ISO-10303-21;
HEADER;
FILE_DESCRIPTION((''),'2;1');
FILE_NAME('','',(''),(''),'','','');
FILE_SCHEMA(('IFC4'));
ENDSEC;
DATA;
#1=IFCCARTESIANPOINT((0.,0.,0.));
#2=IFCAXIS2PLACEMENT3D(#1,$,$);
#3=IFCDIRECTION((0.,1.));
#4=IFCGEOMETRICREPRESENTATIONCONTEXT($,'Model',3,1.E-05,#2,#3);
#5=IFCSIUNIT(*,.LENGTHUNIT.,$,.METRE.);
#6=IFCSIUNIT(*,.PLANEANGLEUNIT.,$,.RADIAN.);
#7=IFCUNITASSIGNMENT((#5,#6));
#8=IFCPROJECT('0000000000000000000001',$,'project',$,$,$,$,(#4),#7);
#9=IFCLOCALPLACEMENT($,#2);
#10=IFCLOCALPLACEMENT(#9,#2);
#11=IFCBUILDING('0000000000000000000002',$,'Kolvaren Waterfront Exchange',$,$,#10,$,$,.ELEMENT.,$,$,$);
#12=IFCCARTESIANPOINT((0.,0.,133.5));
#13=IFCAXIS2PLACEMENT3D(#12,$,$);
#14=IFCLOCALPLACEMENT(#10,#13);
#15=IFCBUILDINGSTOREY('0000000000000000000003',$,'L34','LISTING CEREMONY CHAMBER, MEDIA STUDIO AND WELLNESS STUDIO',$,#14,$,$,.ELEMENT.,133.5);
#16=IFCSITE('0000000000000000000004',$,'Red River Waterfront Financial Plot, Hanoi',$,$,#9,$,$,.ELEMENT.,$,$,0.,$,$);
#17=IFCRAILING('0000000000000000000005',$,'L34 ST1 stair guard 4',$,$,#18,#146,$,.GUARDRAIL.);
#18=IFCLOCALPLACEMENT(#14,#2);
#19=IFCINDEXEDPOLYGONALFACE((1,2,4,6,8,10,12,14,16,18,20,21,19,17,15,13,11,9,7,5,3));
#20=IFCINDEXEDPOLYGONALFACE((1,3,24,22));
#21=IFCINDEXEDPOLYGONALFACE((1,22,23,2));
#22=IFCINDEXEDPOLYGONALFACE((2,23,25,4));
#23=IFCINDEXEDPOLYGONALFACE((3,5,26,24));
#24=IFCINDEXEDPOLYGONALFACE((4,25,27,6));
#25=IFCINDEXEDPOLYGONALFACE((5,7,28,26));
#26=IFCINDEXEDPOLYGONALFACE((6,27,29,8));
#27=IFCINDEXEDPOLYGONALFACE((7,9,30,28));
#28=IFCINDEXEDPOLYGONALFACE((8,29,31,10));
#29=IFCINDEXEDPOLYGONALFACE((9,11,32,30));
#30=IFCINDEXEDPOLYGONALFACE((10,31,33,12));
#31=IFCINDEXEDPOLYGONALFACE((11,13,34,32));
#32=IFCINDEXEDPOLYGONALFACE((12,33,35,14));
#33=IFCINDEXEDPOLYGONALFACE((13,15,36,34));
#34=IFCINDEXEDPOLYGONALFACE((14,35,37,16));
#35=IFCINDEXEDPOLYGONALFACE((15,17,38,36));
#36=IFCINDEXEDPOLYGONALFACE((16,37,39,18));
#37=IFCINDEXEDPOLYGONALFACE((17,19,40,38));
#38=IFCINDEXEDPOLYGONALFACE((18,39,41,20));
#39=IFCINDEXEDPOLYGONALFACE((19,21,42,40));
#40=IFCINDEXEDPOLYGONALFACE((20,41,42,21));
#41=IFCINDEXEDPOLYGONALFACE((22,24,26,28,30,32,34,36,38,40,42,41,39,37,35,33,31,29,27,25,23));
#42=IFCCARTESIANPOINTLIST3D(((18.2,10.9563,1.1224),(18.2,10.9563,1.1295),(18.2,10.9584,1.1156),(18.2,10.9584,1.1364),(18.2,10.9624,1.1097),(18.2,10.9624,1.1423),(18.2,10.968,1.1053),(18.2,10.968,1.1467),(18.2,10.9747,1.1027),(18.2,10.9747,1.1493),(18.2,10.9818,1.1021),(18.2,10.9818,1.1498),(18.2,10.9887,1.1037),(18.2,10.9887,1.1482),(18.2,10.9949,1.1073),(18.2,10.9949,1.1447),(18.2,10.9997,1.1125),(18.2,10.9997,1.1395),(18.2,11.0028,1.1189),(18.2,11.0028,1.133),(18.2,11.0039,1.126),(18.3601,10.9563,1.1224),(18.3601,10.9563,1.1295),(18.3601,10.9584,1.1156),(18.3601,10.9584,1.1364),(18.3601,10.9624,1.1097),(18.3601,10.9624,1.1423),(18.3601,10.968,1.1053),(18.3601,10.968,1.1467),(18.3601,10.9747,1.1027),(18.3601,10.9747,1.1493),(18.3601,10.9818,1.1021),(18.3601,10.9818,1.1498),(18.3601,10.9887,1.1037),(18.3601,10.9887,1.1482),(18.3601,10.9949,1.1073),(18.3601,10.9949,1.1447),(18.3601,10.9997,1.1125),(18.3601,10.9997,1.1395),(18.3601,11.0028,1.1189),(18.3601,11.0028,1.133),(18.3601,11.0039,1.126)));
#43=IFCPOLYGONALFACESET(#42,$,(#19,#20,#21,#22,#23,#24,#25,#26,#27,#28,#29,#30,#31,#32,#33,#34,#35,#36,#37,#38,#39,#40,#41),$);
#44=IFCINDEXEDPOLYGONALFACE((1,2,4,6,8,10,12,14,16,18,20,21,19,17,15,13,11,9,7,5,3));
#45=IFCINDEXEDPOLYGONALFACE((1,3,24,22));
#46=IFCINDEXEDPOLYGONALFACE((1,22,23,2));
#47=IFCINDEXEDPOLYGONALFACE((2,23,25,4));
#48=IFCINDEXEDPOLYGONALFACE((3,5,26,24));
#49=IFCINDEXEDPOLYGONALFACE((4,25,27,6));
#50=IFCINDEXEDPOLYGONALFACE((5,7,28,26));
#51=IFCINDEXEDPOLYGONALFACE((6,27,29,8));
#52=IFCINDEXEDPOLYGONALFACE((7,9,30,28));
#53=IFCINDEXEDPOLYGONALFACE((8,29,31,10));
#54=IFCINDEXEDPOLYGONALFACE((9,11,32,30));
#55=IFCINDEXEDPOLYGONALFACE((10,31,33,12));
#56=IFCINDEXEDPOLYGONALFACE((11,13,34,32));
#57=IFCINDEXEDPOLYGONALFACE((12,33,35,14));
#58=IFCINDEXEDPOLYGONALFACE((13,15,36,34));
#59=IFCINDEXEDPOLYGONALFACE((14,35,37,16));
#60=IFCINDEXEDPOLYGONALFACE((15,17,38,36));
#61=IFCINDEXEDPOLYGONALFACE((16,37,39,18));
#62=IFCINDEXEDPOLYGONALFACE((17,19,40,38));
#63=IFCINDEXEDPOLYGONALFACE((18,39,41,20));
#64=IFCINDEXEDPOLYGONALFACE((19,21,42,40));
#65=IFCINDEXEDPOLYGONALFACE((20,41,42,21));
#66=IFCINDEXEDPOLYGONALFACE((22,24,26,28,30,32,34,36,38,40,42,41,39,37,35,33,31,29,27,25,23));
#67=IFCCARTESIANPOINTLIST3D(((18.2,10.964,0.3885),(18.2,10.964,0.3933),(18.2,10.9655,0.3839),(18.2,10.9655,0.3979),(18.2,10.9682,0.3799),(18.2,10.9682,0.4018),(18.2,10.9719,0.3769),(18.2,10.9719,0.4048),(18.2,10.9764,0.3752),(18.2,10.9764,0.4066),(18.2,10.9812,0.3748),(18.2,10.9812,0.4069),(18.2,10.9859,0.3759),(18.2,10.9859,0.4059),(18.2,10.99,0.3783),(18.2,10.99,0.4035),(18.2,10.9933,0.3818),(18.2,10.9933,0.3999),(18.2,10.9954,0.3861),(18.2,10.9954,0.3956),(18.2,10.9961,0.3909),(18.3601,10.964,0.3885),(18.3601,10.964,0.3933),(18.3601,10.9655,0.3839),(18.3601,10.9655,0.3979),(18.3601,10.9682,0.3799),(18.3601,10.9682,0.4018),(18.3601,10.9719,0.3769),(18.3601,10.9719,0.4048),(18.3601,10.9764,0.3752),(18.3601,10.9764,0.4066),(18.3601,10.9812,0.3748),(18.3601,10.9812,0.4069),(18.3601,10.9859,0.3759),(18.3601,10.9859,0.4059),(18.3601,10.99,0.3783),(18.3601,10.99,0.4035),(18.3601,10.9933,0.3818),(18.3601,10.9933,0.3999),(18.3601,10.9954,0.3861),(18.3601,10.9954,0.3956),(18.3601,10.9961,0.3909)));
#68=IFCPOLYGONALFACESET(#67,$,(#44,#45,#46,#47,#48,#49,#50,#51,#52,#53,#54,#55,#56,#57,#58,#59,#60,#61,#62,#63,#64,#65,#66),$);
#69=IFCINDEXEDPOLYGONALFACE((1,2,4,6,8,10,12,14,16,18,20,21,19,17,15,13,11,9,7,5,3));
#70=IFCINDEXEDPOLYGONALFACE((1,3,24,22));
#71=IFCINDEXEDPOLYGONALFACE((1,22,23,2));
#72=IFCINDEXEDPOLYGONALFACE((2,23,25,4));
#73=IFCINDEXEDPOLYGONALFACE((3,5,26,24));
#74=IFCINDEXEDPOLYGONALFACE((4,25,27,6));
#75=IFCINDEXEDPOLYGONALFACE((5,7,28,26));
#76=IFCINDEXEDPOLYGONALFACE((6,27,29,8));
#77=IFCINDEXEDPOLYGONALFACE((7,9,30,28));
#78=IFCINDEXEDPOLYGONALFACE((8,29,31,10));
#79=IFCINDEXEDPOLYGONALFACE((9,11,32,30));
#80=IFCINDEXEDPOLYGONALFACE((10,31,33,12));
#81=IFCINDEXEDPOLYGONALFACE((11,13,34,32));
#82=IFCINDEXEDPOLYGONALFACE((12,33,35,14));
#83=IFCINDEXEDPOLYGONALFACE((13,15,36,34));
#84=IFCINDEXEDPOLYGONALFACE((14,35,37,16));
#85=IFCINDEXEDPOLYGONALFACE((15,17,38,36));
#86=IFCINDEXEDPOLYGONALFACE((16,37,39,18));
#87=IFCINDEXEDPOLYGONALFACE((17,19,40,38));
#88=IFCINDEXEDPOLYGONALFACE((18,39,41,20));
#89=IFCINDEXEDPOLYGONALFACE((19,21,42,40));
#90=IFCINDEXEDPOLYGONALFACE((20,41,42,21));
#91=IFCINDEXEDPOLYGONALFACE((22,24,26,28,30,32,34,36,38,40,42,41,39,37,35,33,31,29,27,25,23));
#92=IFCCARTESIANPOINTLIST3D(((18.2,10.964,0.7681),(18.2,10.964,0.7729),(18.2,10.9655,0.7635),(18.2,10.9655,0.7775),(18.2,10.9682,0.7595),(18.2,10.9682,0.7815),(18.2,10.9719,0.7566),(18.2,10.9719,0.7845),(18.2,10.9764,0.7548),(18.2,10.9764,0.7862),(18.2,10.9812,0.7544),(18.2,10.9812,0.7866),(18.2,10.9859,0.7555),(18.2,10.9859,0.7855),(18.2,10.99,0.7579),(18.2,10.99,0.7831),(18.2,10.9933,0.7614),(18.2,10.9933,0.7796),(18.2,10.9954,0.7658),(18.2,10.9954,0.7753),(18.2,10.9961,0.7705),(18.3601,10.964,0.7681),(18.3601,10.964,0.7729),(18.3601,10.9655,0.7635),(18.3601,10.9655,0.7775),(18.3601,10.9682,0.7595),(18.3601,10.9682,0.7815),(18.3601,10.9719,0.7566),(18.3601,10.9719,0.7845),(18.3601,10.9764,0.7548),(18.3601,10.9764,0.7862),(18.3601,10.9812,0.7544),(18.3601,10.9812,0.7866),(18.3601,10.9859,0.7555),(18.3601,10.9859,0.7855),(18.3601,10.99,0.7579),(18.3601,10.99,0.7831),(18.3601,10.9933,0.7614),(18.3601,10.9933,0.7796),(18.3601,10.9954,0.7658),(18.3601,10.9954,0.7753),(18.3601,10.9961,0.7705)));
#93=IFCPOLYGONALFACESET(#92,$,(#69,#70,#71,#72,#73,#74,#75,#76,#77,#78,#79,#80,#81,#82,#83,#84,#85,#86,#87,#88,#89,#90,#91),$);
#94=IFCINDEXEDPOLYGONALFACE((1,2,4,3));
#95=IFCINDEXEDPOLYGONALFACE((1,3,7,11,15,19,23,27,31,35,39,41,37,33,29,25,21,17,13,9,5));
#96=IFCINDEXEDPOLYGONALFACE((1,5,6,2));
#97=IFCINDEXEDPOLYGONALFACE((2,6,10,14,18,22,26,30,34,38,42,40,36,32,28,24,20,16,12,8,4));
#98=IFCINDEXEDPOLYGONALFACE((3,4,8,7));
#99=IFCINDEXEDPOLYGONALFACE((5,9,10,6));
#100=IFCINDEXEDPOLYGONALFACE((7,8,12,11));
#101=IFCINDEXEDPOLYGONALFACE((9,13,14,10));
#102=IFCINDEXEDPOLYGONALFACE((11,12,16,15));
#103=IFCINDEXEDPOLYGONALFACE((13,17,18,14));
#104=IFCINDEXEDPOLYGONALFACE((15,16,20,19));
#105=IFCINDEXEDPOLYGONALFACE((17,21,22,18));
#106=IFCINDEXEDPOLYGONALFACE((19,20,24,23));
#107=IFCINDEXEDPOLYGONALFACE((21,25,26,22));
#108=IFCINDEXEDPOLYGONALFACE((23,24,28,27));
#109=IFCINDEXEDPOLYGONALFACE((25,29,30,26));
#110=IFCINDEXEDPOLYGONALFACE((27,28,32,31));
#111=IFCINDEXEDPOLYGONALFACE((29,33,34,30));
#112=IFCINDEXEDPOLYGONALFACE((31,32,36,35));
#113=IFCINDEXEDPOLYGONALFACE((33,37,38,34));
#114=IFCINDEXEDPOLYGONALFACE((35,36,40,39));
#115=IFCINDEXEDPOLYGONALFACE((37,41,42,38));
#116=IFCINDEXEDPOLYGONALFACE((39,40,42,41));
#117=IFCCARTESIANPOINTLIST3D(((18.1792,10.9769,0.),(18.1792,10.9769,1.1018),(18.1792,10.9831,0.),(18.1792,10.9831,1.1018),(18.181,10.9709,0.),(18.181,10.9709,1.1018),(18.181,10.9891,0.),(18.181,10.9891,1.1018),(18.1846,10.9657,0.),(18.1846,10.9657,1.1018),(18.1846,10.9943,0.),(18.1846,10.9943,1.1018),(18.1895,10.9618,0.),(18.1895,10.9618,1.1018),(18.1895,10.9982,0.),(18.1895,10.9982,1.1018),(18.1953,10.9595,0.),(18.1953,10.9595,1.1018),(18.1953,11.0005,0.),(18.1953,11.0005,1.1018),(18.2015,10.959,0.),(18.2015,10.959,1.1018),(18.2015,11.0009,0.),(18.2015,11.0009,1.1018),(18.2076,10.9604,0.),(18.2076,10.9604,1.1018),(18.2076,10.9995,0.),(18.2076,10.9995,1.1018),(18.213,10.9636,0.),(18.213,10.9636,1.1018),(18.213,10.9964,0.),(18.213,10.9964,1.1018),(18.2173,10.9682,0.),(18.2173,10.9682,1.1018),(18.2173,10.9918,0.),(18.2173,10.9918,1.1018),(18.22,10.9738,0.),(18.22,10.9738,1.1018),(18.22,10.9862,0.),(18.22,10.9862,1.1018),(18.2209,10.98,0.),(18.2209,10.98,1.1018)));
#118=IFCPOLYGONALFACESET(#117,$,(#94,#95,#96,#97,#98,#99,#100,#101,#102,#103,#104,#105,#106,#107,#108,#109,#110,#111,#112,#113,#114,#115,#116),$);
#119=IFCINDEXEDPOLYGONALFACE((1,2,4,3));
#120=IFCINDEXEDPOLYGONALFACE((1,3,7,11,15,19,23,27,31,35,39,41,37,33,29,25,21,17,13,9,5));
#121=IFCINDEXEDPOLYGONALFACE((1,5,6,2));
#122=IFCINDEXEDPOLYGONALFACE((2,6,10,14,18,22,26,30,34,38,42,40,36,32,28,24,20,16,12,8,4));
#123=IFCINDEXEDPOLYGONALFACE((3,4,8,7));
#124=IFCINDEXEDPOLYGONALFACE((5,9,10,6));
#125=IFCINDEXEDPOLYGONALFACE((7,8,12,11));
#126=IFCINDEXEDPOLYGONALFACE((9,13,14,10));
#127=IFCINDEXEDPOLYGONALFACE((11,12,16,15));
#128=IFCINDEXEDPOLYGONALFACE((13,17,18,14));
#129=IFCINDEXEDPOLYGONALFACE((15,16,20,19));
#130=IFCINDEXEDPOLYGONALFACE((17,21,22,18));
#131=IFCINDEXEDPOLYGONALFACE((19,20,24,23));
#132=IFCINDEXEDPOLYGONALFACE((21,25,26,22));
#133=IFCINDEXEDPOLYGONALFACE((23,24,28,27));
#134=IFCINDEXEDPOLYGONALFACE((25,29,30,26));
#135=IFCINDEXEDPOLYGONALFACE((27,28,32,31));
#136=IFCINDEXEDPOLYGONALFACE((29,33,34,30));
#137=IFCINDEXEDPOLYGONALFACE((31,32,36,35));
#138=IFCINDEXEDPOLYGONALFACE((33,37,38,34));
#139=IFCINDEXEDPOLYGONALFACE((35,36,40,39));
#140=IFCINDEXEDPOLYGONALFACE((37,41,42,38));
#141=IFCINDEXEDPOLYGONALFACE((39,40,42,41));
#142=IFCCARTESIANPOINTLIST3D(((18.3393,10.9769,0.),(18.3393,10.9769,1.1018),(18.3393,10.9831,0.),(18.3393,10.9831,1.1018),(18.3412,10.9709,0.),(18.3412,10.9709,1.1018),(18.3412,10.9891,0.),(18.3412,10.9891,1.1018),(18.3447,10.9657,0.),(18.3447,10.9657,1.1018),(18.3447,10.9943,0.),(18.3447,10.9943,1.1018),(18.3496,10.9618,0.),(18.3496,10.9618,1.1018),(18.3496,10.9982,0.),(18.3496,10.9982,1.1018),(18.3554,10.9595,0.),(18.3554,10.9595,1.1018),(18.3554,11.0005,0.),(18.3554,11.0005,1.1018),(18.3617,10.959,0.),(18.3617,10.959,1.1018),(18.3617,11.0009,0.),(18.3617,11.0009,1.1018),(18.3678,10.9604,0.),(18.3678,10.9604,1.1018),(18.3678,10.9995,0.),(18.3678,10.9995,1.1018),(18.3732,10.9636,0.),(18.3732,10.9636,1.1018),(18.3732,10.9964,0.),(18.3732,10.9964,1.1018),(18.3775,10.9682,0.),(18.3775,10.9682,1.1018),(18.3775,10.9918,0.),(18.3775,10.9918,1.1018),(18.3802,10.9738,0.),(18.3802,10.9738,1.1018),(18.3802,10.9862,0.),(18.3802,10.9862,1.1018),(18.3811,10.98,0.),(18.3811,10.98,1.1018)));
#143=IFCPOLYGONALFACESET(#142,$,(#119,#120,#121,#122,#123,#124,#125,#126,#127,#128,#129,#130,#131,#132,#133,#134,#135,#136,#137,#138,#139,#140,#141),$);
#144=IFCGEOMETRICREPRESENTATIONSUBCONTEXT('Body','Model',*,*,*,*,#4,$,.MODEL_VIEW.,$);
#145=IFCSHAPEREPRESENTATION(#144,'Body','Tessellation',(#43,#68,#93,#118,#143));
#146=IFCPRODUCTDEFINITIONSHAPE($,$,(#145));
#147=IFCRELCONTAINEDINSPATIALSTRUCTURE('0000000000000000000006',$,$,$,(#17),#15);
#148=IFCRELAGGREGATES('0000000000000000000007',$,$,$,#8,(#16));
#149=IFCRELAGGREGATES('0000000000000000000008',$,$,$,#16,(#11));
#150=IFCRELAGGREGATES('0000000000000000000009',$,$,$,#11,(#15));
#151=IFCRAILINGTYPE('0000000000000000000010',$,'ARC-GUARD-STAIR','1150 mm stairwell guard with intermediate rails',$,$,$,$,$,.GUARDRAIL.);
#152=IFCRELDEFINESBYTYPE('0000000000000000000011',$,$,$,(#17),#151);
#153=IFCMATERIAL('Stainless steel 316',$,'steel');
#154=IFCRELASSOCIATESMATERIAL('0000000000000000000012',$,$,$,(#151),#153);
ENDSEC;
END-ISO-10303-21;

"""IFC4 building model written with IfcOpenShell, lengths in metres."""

from ifc_helpers import new_model, si_unit, direction, frame, origin, origin_2d, place, context, subcontext, project, spatial, circle, extrude, material, type_object, element, save


model = new_model("IFC4")

# Units and contexts
model_context = context("Model", 3, precision=1e-05, world=origin(), true_north=direction((0.0, 1.0)))
body_context = subcontext(model_context, "Body", "Model", "MODEL_VIEW")
ifc_project = project(units=[si_unit("LENGTHUNIT", "METRE"), si_unit("PLANEANGLEUNIT", "RADIAN")], contexts=[model_context])

# Site, building, storey
site_placement = place(None, origin())
site = spatial("IfcSite", under=ifc_project, at=site_placement, Name="Red River Waterfront Financial Plot, Hanoi", CompositionType="ELEMENT", RefElevation=0.0)
building_placement = place(site_placement, origin())
building = spatial("IfcBuilding", under=site, at=building_placement, Name="Kolvaren Waterfront Exchange", CompositionType="ELEMENT")
storey_placement = place(building_placement, frame((0.0, 0.0, 133.5)))
storey = spatial("IfcBuildingStorey", under=building, at=storey_placement, Name="L34", Description="LISTING CEREMONY CHAMBER, MEDIA STUDIO AND WELLNESS STUDIO", CompositionType="ELEMENT", Elevation=133.5)

# Railing
ifc_material_1 = material(Name="Stainless steel 316", Category="steel")
railing_type_1 = type_object("IfcRailingType", Name="ARC-GUARD-STAIR", Description="1150 mm stairwell guard with intermediate rails", PredefinedType="GUARDRAIL", material=ifc_material_1)
railing_1_placement = place(storey_placement, frame((18.2, 10.98, 0.0)))
element("IfcRailing", 1, at=railing_1_placement, inside=storey, type_object=railing_type_1, Name="L34 ST1 stair guard 4", PredefinedType="GUARDRAIL", context=body_context, shape_type="SweptSolid", body=[
    extrude(circle(Radius=0.0239, at=origin_2d()), frame((0.0, 0.0, 1.126), z_axis=(1.0, 0.0, 0.0), x_axis=(0.0, 1.0, 0.0)), (0.0, 0.0, 1.0), 0.1602),
    extrude(circle(Radius=0.0161, at=origin_2d()), frame((0.0, 0.0, 0.3909), z_axis=(1.0, 0.0, 0.0), x_axis=(0.0, 1.0, 0.0)), (0.0, 0.0, 1.0), 0.1602),
    extrude(circle(Radius=0.0161, at=origin_2d()), frame((0.0, 0.0, 0.7705), z_axis=(1.0, 0.0, 0.0), x_axis=(0.0, 1.0, 0.0)), (0.0, 0.0, 1.0), 0.1602),
    extrude(circle(Radius=0.021, at=origin_2d()), origin(), (0.0, 0.0, 1.0), 1.1018),
    extrude(circle(Radius=0.021, at=origin_2d()), frame((0.1602, 0.0, 0.0)), (0.0, 0.0, 1.0), 1.1018),
])

save(model, "model.ifc")
